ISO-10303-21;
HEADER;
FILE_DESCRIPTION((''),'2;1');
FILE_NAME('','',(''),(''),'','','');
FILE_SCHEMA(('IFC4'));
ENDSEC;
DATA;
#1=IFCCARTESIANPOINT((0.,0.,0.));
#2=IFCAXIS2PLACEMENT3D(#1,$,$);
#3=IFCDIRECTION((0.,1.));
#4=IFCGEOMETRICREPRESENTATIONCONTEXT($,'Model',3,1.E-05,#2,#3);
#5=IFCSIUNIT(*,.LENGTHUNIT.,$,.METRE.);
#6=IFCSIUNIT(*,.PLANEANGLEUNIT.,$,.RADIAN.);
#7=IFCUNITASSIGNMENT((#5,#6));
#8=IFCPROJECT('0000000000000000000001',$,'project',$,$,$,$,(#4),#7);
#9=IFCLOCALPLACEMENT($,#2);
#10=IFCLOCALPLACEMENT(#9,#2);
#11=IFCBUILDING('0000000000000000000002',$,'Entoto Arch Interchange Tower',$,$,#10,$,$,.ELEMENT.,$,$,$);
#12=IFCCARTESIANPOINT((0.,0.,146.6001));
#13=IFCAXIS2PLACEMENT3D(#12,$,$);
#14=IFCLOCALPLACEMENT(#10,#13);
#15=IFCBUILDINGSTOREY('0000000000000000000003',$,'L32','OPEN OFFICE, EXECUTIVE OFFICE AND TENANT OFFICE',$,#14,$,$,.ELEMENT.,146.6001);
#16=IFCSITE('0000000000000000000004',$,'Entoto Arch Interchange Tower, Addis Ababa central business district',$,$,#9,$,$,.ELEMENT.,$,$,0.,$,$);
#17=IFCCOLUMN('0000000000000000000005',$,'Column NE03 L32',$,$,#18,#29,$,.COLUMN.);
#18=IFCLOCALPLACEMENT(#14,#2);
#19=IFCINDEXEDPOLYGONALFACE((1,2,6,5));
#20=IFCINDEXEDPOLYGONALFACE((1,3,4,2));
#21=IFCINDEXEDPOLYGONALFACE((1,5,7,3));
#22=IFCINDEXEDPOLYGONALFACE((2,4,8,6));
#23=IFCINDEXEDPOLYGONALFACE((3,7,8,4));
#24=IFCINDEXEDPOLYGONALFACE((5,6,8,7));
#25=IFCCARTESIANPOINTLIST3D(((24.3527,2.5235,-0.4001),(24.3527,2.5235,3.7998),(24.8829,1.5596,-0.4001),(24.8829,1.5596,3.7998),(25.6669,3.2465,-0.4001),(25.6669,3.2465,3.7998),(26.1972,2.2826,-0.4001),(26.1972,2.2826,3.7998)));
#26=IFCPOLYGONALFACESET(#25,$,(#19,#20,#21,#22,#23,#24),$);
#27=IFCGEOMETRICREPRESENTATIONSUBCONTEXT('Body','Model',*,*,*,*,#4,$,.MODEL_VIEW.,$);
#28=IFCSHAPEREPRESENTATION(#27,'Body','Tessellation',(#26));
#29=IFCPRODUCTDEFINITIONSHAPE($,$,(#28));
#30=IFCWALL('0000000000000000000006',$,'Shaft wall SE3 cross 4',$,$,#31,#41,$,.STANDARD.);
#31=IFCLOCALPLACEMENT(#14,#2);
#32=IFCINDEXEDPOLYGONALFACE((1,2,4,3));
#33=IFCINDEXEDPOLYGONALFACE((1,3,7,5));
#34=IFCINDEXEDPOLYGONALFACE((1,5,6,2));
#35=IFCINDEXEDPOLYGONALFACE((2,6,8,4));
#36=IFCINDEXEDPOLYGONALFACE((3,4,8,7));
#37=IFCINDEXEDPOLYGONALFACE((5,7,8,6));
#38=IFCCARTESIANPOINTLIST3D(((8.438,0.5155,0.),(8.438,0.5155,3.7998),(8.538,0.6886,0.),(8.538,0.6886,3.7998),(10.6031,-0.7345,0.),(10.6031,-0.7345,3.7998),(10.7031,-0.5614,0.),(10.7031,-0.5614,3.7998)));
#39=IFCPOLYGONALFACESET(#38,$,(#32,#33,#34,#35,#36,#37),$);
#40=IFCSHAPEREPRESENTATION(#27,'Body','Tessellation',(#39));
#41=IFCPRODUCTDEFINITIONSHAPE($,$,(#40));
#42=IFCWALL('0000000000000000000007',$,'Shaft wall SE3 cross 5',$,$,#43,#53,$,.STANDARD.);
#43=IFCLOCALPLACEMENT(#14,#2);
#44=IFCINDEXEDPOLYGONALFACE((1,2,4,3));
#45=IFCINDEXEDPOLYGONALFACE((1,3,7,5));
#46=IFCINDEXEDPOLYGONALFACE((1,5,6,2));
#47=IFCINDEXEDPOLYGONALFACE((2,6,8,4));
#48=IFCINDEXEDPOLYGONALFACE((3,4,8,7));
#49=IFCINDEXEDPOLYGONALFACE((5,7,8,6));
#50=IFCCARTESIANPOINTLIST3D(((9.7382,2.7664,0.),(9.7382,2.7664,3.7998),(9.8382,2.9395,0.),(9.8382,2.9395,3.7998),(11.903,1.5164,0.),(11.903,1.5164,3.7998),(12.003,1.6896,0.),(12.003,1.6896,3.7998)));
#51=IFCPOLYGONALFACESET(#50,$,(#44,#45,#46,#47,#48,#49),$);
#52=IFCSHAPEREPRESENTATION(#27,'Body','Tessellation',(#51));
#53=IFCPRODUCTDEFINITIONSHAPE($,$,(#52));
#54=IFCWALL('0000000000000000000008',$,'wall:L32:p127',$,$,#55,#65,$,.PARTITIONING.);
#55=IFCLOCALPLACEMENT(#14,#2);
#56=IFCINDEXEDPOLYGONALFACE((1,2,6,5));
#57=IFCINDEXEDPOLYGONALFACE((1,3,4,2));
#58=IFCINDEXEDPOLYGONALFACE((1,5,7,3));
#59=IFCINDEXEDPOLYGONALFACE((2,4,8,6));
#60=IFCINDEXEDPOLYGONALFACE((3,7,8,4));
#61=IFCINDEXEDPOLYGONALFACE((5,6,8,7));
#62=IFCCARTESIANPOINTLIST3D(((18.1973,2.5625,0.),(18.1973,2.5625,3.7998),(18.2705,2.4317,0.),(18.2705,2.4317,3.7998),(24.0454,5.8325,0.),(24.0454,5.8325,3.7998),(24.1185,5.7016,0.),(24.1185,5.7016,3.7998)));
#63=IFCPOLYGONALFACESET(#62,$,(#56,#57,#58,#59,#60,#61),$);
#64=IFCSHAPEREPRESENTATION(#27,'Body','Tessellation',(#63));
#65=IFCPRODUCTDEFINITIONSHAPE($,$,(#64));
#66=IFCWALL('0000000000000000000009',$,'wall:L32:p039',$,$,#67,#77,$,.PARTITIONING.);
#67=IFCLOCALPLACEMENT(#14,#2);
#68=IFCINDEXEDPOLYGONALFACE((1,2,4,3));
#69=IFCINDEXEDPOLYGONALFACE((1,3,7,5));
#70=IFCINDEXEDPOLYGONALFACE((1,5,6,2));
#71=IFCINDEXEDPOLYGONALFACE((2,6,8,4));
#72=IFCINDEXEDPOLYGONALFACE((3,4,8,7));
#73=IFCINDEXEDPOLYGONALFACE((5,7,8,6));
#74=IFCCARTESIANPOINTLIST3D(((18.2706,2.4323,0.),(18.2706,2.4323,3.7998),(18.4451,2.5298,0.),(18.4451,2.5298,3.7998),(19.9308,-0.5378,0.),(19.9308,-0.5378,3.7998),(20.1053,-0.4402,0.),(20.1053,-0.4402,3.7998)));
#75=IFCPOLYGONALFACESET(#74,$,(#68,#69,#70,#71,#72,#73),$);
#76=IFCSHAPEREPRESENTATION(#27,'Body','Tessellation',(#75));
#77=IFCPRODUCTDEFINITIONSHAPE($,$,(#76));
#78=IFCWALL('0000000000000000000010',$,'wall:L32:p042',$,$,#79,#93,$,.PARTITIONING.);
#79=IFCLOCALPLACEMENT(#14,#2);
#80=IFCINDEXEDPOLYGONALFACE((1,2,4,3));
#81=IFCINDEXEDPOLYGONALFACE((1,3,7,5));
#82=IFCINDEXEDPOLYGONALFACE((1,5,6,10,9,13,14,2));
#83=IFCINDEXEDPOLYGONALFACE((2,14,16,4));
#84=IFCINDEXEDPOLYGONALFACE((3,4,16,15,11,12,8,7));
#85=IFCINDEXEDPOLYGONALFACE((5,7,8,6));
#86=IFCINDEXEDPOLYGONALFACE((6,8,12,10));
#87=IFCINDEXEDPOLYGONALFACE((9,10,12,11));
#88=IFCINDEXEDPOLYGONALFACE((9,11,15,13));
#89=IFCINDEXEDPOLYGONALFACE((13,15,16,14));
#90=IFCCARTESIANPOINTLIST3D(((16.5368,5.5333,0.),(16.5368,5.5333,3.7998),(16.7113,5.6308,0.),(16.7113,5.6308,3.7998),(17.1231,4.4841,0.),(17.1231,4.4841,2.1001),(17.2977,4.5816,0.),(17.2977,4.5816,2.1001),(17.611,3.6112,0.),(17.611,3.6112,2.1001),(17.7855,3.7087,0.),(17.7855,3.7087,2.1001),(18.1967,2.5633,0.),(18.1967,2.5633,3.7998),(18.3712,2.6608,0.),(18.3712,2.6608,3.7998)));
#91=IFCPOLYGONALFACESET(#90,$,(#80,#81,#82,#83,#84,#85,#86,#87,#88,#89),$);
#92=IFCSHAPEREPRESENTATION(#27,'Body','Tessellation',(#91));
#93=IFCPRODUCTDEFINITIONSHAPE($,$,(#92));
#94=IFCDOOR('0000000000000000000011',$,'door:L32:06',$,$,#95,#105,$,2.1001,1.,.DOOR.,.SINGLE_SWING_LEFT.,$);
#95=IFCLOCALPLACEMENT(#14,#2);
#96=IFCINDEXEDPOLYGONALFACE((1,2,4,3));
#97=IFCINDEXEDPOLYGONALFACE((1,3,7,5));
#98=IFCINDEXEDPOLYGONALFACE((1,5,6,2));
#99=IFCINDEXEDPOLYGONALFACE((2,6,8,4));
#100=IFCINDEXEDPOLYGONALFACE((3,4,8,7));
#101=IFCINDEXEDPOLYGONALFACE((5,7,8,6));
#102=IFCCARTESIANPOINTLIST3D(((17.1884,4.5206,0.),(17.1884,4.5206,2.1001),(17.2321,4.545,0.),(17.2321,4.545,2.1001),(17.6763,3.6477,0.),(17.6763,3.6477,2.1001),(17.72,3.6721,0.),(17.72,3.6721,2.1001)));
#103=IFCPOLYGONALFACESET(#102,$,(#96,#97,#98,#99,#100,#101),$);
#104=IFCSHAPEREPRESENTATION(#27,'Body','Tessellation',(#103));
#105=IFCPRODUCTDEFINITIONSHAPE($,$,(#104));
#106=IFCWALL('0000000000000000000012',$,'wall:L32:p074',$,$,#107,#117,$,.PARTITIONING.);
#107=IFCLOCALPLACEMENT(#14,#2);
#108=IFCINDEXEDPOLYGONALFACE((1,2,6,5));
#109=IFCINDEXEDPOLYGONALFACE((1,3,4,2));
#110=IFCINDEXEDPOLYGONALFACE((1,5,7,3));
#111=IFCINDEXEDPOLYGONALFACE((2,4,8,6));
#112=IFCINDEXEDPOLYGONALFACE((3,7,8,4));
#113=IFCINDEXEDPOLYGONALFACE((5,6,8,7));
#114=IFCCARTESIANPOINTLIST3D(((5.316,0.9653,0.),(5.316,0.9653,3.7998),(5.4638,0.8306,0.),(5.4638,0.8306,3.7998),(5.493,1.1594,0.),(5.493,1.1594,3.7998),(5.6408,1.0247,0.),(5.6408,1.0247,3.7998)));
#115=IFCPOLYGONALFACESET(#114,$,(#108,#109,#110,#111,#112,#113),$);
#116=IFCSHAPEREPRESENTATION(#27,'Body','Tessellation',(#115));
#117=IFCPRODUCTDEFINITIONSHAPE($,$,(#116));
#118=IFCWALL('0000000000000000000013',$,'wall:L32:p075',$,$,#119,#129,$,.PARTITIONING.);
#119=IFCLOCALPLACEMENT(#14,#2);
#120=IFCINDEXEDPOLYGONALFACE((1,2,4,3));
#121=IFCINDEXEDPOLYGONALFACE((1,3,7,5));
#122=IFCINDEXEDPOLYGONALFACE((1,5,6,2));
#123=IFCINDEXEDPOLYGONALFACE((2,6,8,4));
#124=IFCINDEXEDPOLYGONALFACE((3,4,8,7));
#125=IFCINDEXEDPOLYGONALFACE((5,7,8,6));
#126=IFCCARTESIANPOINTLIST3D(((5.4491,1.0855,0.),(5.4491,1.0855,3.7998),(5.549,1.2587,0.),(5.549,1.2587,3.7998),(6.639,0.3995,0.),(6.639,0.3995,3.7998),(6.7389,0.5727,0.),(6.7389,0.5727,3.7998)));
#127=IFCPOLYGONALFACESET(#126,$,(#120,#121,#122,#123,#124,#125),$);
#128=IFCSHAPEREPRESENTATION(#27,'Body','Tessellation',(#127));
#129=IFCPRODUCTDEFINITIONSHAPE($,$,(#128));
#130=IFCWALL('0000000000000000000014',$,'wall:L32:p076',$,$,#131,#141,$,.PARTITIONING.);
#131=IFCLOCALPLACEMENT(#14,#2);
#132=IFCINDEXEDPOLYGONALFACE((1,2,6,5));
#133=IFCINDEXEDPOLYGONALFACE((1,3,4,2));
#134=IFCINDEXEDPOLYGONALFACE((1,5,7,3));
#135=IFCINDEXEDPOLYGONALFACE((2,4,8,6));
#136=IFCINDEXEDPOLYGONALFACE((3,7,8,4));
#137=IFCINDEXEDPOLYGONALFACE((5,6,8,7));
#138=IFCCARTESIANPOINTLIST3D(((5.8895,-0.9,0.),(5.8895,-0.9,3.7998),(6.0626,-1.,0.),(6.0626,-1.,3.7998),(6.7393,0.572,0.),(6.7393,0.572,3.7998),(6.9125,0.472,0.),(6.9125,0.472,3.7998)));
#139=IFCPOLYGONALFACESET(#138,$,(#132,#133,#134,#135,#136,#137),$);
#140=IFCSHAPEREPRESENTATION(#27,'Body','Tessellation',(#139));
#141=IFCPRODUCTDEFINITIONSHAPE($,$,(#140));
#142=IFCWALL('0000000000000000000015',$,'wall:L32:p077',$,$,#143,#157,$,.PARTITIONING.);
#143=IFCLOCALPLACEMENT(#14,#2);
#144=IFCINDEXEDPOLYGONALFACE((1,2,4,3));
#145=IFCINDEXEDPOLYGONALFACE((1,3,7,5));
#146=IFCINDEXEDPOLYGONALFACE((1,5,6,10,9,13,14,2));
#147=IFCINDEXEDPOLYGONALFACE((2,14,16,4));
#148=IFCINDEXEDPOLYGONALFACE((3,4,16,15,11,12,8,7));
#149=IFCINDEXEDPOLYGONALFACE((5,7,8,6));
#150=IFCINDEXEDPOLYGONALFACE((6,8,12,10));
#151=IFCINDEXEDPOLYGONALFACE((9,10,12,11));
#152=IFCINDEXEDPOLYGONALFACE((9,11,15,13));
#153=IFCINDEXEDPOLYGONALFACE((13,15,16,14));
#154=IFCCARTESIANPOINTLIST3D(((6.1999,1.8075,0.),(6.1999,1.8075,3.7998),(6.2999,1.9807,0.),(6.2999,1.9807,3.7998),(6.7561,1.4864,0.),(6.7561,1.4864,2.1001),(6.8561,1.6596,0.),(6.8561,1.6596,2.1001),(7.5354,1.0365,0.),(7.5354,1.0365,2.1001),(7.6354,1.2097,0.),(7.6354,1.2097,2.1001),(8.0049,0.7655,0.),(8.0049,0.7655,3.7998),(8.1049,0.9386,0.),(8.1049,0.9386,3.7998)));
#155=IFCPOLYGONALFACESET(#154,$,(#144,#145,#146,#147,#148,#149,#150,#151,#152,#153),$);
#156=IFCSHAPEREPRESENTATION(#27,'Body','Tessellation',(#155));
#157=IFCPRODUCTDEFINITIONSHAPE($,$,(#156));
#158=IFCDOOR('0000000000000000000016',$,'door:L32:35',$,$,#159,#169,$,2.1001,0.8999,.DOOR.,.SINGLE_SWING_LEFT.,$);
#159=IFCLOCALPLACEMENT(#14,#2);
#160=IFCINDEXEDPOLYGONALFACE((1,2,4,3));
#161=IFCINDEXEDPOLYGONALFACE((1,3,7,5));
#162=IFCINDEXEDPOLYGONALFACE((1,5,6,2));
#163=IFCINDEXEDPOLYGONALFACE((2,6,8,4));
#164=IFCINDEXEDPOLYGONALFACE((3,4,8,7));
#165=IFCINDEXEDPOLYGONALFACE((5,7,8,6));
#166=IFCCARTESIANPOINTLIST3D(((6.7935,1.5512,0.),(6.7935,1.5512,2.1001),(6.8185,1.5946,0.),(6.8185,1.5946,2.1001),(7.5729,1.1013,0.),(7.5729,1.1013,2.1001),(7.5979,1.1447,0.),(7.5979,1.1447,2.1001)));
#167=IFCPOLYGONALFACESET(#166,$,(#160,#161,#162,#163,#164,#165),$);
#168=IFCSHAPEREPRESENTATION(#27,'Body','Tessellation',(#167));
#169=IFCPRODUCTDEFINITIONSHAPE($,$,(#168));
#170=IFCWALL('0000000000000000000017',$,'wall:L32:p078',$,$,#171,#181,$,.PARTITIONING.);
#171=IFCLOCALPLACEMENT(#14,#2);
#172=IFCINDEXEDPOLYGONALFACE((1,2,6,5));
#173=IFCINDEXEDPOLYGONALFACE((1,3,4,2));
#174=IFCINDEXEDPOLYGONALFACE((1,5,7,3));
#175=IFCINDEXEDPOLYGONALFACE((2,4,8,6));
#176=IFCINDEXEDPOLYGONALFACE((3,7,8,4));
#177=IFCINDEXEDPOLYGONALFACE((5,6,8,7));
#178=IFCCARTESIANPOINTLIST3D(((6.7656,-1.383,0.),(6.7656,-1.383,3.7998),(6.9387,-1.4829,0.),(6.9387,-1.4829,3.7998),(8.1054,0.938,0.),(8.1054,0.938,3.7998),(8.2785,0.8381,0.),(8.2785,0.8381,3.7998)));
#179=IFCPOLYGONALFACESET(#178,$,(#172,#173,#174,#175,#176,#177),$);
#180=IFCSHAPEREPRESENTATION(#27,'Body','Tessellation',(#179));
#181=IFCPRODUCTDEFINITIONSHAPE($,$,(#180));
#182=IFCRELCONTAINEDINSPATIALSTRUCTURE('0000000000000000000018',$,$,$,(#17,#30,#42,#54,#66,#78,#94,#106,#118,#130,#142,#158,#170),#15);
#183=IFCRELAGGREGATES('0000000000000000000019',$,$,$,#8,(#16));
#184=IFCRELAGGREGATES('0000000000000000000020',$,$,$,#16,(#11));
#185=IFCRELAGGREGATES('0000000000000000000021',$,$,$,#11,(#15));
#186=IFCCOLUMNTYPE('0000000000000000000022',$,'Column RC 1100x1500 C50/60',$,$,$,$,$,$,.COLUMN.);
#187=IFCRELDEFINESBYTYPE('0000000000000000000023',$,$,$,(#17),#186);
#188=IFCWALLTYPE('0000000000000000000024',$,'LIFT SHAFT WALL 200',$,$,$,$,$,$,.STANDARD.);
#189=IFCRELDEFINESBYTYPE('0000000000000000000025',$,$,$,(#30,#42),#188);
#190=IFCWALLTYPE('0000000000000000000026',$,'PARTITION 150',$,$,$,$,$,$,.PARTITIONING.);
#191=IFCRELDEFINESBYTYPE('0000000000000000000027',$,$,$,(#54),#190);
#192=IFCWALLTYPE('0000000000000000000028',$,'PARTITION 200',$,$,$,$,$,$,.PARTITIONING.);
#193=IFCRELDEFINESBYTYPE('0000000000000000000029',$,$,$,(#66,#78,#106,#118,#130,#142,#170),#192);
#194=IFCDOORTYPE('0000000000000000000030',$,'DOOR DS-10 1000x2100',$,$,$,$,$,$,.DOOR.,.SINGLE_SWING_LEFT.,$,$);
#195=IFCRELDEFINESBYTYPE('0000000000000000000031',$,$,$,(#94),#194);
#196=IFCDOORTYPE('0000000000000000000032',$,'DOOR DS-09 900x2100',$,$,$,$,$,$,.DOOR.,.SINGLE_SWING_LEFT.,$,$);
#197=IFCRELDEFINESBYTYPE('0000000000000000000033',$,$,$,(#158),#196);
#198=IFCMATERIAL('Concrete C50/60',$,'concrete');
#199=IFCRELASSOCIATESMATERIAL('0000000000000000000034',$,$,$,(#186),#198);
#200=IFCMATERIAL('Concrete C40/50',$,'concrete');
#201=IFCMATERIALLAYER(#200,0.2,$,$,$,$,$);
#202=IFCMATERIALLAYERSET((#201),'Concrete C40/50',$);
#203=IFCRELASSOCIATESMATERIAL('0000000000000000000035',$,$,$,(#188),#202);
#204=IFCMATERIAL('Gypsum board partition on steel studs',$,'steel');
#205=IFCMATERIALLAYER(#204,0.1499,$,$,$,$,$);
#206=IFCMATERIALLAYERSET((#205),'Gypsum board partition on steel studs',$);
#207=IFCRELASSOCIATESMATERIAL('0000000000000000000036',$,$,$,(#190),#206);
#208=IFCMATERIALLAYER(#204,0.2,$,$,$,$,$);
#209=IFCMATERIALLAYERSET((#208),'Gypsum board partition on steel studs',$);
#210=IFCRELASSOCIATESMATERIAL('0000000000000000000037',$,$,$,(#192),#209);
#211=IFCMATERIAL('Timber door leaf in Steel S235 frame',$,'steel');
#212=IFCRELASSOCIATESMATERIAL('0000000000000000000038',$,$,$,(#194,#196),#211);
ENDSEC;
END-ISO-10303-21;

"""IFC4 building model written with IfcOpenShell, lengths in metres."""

from ifc_helpers import new_model, si_unit, direction, frame, frame_2d, origin, origin_2d, place, context, subcontext, project, spatial, rectangle, extrude, material, layer, layer_set, material_profile, profile_set, type_object, element, fill, save


model = new_model("IFC4")

# Units and contexts
model_context = context("Model", 3, precision=1e-05, world=origin(), true_north=direction((0.0, 1.0)))
body_context = subcontext(model_context, "Body", "Model", "MODEL_VIEW")
ifc_project = project(units=[si_unit("LENGTHUNIT", "METRE"), si_unit("PLANEANGLEUNIT", "RADIAN")], contexts=[model_context])

# Site, building, storey
site_placement = place(None, origin())
site = spatial("IfcSite", under=ifc_project, at=site_placement, Name="Entoto Arch Interchange Tower, Addis Ababa central business district", CompositionType="ELEMENT", RefElevation=0.0)
building_placement = place(site_placement, origin())
building = spatial("IfcBuilding", under=site, at=building_placement, Name="Entoto Arch Interchange Tower", CompositionType="ELEMENT")
storey_placement = place(building_placement, frame((0.0, 0.0, 146.6001)))
storey = spatial("IfcBuildingStorey", under=building, at=storey_placement, Name="L32", Description="OPEN OFFICE, EXECUTIVE OFFICE AND TENANT OFFICE", CompositionType="ELEMENT", Elevation=146.6001)

# Column
ifc_material_1 = material(Name="Concrete C50/60", Category="concrete")
ifc_material_profile = material_profile(ifc_material_1, rectangle(XDim=1.1001, YDim=1.5, at=origin_2d()))
ifc_profile_set = profile_set([ifc_material_profile], Name="Concrete C50/60")
column_type = type_object("IfcColumnType", Name="Column RC 1100x1500 C50/60", PredefinedType="COLUMN", material=ifc_profile_set)
column_placement = place(storey_placement, frame((25.2749, 2.4031, -0.4001), z_axis=(0.0, 0.0, 1.0), x_axis=(-0.481983, 0.876181, 0.0)))
element("IfcColumn", 1, at=column_placement, inside=storey, type_object=column_type, Name="Column NE03 L32", PredefinedType="COLUMN", context=body_context, shape_type="SweptSolid", body=[
    extrude(rectangle(XDim=1.1001, YDim=1.5, at=origin_2d()), origin(), (0.0, 0.0, 1.0), 4.2),
])

# Walls
ifc_material_2 = material(Name="Concrete C40/50", Category="concrete")
ifc_layer_1 = layer(ifc_material_2, 0.2)
ifc_layer_set_1 = layer_set([ifc_layer_1], Name="Concrete C40/50")
wall_type_1 = type_object("IfcWallType", Name="LIFT SHAFT WALL 200", PredefinedType="STANDARD", material=ifc_layer_set_1)
wall_1_placement = place(storey_placement, frame((8.488, 0.6021, 0.0), z_axis=(0.0, 0.0, 1.0), x_axis=(0.866023, -0.500004, 0.0)))
element("IfcWall", 2, at=wall_1_placement, inside=storey, type_object=wall_type_1, Name="Shaft wall SE3 cross 4", PredefinedType="STANDARD", context=body_context, shape_type="SweptSolid", body=[
    extrude(rectangle(XDim=2.5, YDim=0.2, at=frame_2d((1.25, 0.0))), origin(), (0.0, 0.0, 1.0), 3.7998),
])
wall_2_placement = place(storey_placement, frame((9.7881, 2.853, 0.0), z_axis=(0.0, 0.0, 1.0), x_axis=(0.865999, -0.500047, 0.0)))
element("IfcWall", 3, at=wall_2_placement, inside=storey, type_object=wall_type_1, Name="Shaft wall SE3 cross 5", PredefinedType="STANDARD", context=body_context, shape_type="SweptSolid", body=[
    extrude(rectangle(XDim=2.4998, YDim=0.2, at=frame_2d((1.25, 0.0))), origin(), (0.0, 0.0, 1.0), 3.7998),
])
ifc_material_3 = material(Name="Gypsum board partition on steel studs", Category="steel")
ifc_layer_2 = layer(ifc_material_3, 0.1499)
ifc_layer_set_2 = layer_set([ifc_layer_2], Name="Gypsum board partition on steel studs")
wall_type_2 = type_object("IfcWallType", Name="PARTITION 150", PredefinedType="PARTITIONING", material=ifc_layer_set_2)
wall_3_placement = place(storey_placement, frame((18.2339, 2.4971, 0.0), z_axis=(0.0, 0.0, 1.0), x_axis=(0.87282, 0.488042, 0.0)))
element("IfcWall", 4, at=wall_3_placement, inside=storey, type_object=wall_type_2, Name="wall:L32:p127", PredefinedType="PARTITIONING", context=body_context, shape_type="SweptSolid", body=[
    extrude(rectangle(XDim=6.7002, YDim=0.1499, at=frame_2d((3.3501, 0.0))), origin(), (0.0, 0.0, 1.0), 3.7998),
])
ifc_layer_3 = layer(ifc_material_3, 0.2)
ifc_layer_set_3 = layer_set([ifc_layer_3], Name="Gypsum board partition on steel studs")
wall_type_3 = type_object("IfcWallType", Name="PARTITION 200", PredefinedType="PARTITIONING", material=ifc_layer_set_3)
wall_4_placement = place(storey_placement, frame((18.3579, 2.481, 0.0), z_axis=(0.0, 0.0, 1.0), x_axis=(0.487926, -0.872885, 0.0)))
element("IfcWall", 5, at=wall_4_placement, inside=storey, type_object=wall_type_3, Name="wall:L32:p039", PredefinedType="PARTITIONING", context=body_context, shape_type="SweptSolid", body=[
    extrude(rectangle(XDim=3.4026, YDim=0.2, at=frame_2d((1.7012, 0.0))), origin(), (0.0, 0.0, 1.0), 3.7998),
])

# Wall, opening, door
wall_5_placement = place(storey_placement, frame((16.624, 5.582, 0.0), z_axis=(0.0, 0.0, 1.0), x_axis=(0.487871, -0.872916, 0.0)))
wall_5 = element("IfcWall", 6, at=wall_5_placement, inside=storey, type_object=wall_type_3, Name="wall:L32:p042", PredefinedType="PARTITIONING", context=body_context, shape_type="SweptSolid", body=[
    extrude(rectangle(XDim=3.4023, YDim=0.2, at=frame_2d((1.7012, 0.0))), origin(), (0.0, 0.0, 1.0), 3.7998),
])
opening_1_placement = place(wall_5_placement, frame((1.2019, 0.0, 0.0)))
opening_1 = element("IfcOpeningElement", 7, at=opening_1_placement, cuts=wall_5, PredefinedType="OPENING", context=body_context, shape_type="SweptSolid", body=[
    extrude(rectangle(XDim=1.0, YDim=2.1001, at=frame_2d((0.5, 1.05))), frame((0.0, 0.1099, 0.0), z_axis=(0.0, -1.0, 0.0), x_axis=(1.0, 0.0, 0.0)), (0.0, 0.0, 1.0), 0.22),
])
ifc_material_4 = material(Name="Timber door leaf in Steel S235 frame", Category="steel")
door_type_1 = type_object("IfcDoorType", Name="DOOR DS-10 1000x2100", OperationType="SINGLE_SWING_LEFT", PredefinedType="DOOR", material=ifc_material_4)
door_1_placement = place(opening_1_placement, origin())
door_1 = element("IfcDoor", 8, at=door_1_placement, inside=storey, type_object=door_type_1, Name="door:L32:06", OperationType="SINGLE_SWING_LEFT", OverallHeight=2.1001, OverallWidth=1.0, PredefinedType="DOOR", context=body_context, shape_type="SweptSolid", body=[
    extrude(rectangle(XDim=1.0, YDim=2.1001, at=frame_2d((0.5, 1.05))), frame((0.0, 0.0249, 0.0), z_axis=(0.0, -1.0, 0.0), x_axis=(1.0, 0.0, 0.0)), (0.0, 0.0, 1.0), 0.05),
])
fill(opening_1, door_1)

# Walls
wall_6_placement = place(storey_placement, frame((5.3899, 0.8979, 0.0), z_axis=(0.0, 0.0, 1.0), x_axis=(0.673828, 0.738888, 0.0)))
element("IfcWall", 9, at=wall_6_placement, inside=storey, type_object=wall_type_3, Name="wall:L32:p074", PredefinedType="PARTITIONING", context=body_context, shape_type="SweptSolid", body=[
    extrude(rectangle(XDim=0.2627, YDim=0.2, at=frame_2d((0.1313, 0.0))), origin(), (0.0, 0.0, 1.0), 3.7998),
])
wall_7_placement = place(storey_placement, frame((5.499, 1.1721, 0.0), z_axis=(0.0, 0.0, 1.0), x_axis=(0.866334, -0.499466, 0.0)))
element("IfcWall", 10, at=wall_7_placement, inside=storey, type_object=wall_type_3, Name="wall:L32:p075", PredefinedType="PARTITIONING", context=body_context, shape_type="SweptSolid", body=[
    extrude(rectangle(XDim=1.3735, YDim=0.2, at=frame_2d((0.6868, 0.0))), origin(), (0.0, 0.0, 1.0), 3.7998),
])
wall_8_placement = place(storey_placement, frame((6.8259, 0.522, 0.0), z_axis=(0.0, 0.0, 1.0), x_axis=(-0.500017, -0.866016, 0.0)))
element("IfcWall", 11, at=wall_8_placement, inside=storey, type_object=wall_type_3, Name="wall:L32:p076", PredefinedType="PARTITIONING", context=body_context, shape_type="SweptSolid", body=[
    extrude(rectangle(XDim=1.6997, YDim=0.2, at=frame_2d((0.8499, 0.0))), origin(), (0.0, 0.0, 1.0), 3.7998),
])

# Wall, opening, door
wall_9_placement = place(storey_placement, frame((6.25, 1.894, 0.0), z_axis=(0.0, 0.0, 1.0), x_axis=(0.866043, -0.499969, 0.0)))
wall_9 = element("IfcWall", 12, at=wall_9_placement, inside=storey, type_object=wall_type_3, Name="wall:L32:p077", PredefinedType="PARTITIONING", context=body_context, shape_type="SweptSolid", body=[
    extrude(rectangle(XDim=2.0842, YDim=0.2, at=frame_2d((1.042, 0.0))), origin(), (0.0, 0.0, 1.0), 3.7998),
])
opening_2_placement = place(wall_9_placement, frame((0.6421, 0.0, 0.0)))
opening_2 = element("IfcOpeningElement", 13, at=opening_2_placement, cuts=wall_9, PredefinedType="OPENING", context=body_context, shape_type="SweptSolid", body=[
    extrude(rectangle(XDim=0.8999, YDim=2.1001, at=frame_2d((0.45, 1.05))), frame((0.0, 0.1099, 0.0), z_axis=(0.0, -1.0, 0.0), x_axis=(1.0, 0.0, 0.0)), (0.0, 0.0, 1.0), 0.22),
])
door_type_2 = type_object("IfcDoorType", Name="DOOR DS-09 900x2100", OperationType="SINGLE_SWING_LEFT", PredefinedType="DOOR", material=ifc_material_4)
door_2_placement = place(opening_2_placement, origin())
door_2 = element("IfcDoor", 14, at=door_2_placement, inside=storey, type_object=door_type_2, Name="door:L32:35", OperationType="SINGLE_SWING_LEFT", OverallHeight=2.1001, OverallWidth=0.8999, PredefinedType="DOOR", context=body_context, shape_type="SweptSolid", body=[
    extrude(rectangle(XDim=0.8999, YDim=2.1001, at=frame_2d((0.45, 1.05))), frame((0.0, 0.0249, 0.0), z_axis=(0.0, -1.0, 0.0), x_axis=(1.0, 0.0, 0.0)), (0.0, 0.0, 1.0), 0.05),
])
fill(opening_2, door_2)

# Wall
wall_10_placement = place(storey_placement, frame((8.1919, 0.8879, 0.0), z_axis=(0.0, 0.0, 1.0), x_axis=(-0.499941, -0.86606, 0.0)))
element("IfcWall", 15, at=wall_10_placement, inside=storey, type_object=wall_type_3, Name="wall:L32:p078", PredefinedType="PARTITIONING", context=body_context, shape_type="SweptSolid", body=[
    extrude(rectangle(XDim=2.6799, YDim=0.2, at=frame_2d((1.3398, 0.0))), origin(), (0.0, 0.0, 1.0), 3.7998),
])

save(model, "model.ifc")
